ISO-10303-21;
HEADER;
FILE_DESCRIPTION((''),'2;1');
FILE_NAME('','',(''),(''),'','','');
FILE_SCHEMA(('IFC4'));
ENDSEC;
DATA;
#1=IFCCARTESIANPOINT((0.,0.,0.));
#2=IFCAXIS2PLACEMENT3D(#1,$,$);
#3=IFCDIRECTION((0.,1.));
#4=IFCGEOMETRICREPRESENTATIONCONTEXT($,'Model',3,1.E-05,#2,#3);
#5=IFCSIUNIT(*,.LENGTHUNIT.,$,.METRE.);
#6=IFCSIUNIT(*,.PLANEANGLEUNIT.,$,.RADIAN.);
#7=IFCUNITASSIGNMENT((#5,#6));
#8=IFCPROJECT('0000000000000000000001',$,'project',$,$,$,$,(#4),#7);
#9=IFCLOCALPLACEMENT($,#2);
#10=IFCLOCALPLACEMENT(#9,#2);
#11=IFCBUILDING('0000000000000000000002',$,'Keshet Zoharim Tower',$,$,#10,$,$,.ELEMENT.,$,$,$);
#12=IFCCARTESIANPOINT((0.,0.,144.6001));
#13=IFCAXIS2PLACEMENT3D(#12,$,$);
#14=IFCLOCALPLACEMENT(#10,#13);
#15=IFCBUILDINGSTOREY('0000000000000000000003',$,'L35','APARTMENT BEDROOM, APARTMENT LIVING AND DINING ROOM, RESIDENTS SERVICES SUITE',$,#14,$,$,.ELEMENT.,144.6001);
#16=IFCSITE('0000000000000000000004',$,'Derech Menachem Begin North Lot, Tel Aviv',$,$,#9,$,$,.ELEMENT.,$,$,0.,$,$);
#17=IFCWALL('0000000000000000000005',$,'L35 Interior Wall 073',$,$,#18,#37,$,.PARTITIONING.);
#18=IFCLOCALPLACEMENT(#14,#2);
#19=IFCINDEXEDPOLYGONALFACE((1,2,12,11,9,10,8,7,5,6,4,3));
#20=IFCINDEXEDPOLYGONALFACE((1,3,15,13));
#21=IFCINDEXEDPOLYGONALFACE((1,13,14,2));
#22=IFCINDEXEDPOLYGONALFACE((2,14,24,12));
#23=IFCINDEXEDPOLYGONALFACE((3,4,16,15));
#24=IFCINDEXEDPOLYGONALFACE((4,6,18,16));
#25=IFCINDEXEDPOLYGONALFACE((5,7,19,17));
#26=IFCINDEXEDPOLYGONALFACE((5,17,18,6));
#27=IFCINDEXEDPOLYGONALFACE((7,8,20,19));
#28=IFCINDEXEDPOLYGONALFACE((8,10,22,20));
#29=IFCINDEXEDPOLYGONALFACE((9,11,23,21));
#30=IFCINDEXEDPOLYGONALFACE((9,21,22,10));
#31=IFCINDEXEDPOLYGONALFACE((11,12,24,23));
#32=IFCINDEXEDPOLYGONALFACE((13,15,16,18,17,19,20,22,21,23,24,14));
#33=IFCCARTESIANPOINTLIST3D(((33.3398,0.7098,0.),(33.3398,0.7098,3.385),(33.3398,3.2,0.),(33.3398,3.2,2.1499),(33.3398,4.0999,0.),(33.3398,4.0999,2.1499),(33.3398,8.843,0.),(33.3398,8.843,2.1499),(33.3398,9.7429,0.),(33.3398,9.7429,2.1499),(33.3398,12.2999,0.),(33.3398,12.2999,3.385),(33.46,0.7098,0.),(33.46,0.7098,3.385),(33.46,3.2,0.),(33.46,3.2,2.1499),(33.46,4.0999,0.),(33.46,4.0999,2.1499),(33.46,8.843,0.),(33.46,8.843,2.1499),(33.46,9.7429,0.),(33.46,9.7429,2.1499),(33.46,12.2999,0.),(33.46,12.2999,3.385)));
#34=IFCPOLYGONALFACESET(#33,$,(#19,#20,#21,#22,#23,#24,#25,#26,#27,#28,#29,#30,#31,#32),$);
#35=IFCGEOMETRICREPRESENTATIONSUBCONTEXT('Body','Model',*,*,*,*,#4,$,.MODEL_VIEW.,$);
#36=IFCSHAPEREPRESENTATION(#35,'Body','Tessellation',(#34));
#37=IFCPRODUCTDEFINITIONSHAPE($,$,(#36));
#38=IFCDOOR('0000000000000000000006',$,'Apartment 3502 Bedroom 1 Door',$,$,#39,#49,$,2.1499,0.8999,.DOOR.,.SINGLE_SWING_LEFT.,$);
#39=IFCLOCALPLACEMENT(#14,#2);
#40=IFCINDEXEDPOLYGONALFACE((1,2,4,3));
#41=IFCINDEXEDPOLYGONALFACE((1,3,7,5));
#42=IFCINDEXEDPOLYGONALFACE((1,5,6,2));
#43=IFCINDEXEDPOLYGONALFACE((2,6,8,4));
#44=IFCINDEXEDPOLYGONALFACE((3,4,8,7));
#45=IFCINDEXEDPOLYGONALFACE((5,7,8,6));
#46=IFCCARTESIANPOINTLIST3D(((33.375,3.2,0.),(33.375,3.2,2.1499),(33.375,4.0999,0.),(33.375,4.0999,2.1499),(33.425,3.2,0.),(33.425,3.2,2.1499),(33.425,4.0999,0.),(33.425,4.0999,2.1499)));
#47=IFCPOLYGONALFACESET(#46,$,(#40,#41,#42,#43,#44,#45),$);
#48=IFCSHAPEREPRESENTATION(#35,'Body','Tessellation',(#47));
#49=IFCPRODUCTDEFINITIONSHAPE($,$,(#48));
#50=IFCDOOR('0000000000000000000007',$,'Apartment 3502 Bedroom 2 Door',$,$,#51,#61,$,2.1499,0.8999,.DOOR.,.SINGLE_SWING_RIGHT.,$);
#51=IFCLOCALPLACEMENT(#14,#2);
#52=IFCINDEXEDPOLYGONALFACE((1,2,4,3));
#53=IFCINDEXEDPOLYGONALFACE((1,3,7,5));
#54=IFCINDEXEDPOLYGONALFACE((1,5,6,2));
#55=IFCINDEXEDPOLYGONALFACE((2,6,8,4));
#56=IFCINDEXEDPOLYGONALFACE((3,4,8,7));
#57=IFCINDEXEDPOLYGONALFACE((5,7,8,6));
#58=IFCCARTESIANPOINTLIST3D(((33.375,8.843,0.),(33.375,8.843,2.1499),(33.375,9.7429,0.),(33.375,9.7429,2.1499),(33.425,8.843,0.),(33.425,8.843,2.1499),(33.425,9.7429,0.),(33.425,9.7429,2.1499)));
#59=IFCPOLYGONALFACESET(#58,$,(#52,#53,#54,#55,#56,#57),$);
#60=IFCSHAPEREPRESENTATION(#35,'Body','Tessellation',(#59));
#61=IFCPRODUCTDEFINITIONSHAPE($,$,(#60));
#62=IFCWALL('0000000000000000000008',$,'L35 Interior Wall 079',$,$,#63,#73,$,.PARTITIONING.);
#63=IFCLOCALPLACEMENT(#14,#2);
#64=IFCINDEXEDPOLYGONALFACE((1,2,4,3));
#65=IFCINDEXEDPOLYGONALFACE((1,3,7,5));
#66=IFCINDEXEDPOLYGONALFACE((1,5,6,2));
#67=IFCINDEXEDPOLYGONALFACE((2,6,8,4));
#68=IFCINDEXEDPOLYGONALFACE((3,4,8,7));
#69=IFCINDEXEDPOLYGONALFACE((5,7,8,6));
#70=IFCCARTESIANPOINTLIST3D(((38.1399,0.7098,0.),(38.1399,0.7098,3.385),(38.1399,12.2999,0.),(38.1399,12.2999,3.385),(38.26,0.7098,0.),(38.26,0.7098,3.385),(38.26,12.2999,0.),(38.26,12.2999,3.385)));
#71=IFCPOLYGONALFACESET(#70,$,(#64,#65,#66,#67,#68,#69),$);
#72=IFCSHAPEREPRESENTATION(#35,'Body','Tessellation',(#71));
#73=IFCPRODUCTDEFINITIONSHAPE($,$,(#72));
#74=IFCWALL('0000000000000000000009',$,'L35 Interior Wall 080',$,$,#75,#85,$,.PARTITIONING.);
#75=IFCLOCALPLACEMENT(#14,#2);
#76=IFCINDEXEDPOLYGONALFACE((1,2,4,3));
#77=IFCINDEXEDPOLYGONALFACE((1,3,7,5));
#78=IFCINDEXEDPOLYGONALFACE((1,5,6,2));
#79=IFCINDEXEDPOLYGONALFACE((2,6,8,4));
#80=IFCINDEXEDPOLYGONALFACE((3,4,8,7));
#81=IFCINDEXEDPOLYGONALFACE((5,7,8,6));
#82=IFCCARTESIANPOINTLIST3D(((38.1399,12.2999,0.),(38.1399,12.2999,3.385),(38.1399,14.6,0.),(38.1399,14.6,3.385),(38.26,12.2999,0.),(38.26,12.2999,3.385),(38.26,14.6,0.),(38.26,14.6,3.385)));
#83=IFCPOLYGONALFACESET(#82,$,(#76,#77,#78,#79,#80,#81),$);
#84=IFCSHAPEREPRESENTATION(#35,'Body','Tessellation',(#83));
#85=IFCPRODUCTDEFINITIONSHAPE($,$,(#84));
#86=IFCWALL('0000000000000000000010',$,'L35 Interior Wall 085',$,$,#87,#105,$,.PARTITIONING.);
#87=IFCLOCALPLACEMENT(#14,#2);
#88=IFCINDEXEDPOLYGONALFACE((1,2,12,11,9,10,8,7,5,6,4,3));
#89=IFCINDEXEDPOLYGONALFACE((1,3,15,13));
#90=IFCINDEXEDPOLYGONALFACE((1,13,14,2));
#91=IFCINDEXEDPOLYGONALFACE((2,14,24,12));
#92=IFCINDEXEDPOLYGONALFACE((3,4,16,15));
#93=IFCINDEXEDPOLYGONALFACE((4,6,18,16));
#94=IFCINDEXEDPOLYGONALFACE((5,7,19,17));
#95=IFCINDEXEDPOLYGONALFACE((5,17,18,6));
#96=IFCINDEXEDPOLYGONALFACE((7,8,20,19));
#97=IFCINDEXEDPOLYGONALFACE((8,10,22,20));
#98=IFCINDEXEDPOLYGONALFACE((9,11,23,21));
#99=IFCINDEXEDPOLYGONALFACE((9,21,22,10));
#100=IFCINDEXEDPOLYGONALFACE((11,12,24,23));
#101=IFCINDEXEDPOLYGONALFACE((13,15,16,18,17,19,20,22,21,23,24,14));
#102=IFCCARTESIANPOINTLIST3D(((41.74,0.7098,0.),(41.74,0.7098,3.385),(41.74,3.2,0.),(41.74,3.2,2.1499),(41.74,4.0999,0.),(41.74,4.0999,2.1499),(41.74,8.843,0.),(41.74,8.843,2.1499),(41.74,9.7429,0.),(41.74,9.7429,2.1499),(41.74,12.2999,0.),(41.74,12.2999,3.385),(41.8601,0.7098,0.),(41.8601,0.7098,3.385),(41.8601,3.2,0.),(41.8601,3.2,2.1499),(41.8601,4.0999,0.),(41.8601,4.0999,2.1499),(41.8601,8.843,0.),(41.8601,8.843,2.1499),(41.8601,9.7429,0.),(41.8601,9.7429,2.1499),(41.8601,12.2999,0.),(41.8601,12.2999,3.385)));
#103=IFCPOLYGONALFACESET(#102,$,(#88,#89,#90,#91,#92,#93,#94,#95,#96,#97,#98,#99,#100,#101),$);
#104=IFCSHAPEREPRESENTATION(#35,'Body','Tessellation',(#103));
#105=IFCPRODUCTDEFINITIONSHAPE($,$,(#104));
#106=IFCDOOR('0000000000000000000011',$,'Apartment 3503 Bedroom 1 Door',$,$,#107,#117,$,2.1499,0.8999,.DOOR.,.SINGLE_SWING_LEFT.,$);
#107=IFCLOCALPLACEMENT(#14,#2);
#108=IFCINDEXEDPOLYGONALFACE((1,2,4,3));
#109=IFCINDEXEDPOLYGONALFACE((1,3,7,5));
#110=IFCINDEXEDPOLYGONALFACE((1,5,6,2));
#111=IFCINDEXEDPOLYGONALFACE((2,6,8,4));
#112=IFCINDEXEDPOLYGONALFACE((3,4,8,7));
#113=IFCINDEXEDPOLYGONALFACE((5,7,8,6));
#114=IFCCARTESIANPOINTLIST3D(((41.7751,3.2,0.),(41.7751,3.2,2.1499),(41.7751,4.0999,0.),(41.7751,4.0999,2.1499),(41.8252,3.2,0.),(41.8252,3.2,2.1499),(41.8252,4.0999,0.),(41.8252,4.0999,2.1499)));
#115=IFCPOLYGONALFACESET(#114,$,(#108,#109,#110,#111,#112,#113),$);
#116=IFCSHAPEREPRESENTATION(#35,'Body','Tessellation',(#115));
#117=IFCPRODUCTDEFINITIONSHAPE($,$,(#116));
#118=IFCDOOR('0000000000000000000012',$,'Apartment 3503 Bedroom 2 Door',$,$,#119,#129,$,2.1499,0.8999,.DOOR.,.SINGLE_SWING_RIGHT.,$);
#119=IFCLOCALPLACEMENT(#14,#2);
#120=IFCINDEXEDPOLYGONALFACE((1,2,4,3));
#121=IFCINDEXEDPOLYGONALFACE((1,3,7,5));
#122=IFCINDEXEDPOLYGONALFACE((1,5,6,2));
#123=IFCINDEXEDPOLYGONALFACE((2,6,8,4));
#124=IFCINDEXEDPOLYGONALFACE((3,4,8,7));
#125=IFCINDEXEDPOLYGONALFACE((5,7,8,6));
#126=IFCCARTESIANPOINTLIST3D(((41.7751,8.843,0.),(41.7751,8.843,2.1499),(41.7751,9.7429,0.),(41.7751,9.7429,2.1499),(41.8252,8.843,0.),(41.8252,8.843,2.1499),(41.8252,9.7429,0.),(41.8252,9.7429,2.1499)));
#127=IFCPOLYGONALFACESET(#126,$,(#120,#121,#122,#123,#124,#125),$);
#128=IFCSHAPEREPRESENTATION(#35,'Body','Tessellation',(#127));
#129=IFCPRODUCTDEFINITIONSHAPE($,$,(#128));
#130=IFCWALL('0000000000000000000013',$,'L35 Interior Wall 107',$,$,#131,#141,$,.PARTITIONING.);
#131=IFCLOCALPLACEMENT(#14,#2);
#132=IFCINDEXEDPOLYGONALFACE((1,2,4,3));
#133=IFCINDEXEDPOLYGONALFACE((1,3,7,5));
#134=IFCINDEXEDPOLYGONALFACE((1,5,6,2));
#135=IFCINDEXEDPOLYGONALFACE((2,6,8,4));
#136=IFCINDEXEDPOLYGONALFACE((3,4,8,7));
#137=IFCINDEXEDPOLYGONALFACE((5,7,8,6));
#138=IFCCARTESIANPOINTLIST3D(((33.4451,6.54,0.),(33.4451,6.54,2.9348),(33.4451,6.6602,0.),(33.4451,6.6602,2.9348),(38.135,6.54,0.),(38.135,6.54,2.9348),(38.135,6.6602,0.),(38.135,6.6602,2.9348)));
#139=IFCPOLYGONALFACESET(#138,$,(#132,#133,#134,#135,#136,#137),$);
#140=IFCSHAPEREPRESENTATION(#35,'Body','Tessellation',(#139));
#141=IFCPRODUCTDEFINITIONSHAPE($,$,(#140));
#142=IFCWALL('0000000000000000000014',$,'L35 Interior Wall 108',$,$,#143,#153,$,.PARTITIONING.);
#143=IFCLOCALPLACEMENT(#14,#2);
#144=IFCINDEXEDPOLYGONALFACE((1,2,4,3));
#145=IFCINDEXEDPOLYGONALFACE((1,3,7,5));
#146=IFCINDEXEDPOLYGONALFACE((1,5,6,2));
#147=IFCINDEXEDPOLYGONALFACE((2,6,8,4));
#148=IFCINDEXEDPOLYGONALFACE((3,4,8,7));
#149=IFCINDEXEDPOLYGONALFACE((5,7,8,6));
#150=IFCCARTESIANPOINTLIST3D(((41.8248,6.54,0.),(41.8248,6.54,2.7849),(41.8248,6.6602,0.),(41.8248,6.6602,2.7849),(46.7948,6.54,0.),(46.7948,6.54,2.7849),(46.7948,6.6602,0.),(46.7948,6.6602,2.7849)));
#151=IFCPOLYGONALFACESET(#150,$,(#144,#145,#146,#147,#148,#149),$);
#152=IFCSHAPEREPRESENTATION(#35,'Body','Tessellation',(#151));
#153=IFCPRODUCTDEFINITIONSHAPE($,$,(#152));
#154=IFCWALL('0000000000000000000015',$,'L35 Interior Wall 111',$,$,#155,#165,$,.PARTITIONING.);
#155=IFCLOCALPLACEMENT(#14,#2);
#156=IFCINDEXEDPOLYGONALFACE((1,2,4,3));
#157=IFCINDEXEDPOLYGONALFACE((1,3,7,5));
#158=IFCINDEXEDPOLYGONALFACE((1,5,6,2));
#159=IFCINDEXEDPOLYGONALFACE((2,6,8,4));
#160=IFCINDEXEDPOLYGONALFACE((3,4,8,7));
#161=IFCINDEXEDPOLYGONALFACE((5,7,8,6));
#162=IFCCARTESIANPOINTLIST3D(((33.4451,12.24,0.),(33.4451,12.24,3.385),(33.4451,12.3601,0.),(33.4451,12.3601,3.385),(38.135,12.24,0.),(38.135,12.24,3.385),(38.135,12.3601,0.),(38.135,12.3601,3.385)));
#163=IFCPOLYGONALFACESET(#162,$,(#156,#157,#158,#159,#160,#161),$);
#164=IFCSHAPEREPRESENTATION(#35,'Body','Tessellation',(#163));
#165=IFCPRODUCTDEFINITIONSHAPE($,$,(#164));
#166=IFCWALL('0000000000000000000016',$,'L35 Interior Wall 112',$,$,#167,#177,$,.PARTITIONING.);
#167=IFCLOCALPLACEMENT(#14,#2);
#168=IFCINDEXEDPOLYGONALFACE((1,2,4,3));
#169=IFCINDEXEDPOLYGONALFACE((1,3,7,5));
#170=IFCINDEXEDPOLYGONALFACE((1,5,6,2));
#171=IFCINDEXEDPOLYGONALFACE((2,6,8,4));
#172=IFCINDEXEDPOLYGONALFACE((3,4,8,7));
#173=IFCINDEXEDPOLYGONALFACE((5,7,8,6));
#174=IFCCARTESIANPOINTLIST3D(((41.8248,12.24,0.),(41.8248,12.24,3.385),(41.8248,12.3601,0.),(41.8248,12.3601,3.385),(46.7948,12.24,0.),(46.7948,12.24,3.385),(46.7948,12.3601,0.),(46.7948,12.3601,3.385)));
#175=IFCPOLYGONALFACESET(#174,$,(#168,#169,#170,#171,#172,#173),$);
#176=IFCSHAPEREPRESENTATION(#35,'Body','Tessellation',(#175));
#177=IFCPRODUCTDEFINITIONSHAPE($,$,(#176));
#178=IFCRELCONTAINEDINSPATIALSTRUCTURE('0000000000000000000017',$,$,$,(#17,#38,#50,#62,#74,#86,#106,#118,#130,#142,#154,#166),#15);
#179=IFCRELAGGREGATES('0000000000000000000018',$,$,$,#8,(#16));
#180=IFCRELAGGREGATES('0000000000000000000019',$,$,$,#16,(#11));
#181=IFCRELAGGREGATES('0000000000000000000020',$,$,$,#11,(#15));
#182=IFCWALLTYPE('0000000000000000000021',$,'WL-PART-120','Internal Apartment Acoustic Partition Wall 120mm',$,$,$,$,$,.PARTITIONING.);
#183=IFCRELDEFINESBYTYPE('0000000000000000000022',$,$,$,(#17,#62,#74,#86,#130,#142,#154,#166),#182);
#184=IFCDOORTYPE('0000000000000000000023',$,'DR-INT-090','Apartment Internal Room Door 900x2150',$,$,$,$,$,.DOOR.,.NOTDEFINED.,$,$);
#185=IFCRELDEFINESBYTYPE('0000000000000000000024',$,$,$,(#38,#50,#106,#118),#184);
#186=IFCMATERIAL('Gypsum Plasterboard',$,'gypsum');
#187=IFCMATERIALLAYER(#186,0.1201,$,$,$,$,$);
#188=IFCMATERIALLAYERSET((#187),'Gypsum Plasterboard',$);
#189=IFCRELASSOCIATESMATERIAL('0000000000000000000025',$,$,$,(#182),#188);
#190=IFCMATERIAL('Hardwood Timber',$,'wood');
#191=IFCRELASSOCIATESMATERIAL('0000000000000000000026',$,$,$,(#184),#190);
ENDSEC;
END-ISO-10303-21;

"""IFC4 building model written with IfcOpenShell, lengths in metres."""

from ifc_helpers import new_model, si_unit, direction, frame, frame_2d, origin, place, context, subcontext, project, spatial, rectangle, extrude, material, layer, layer_set, type_object, element, fill, save


model = new_model("IFC4")

# Units and contexts
model_context = context("Model", 3, precision=1e-05, world=origin(), true_north=direction((0.0, 1.0)))
body_context = subcontext(model_context, "Body", "Model", "MODEL_VIEW")
ifc_project = project(units=[si_unit("LENGTHUNIT", "METRE"), si_unit("PLANEANGLEUNIT", "RADIAN")], contexts=[model_context])

# Site, building, storey
site_placement = place(None, origin())
site = spatial("IfcSite", under=ifc_project, at=site_placement, Name="Derech Menachem Begin North Lot, Tel Aviv", CompositionType="ELEMENT", RefElevation=0.0)
building_placement = place(site_placement, origin())
building = spatial("IfcBuilding", under=site, at=building_placement, Name="Keshet Zoharim Tower", CompositionType="ELEMENT")
storey_placement = place(building_placement, frame((0.0, 0.0, 144.6001)))
storey = spatial("IfcBuildingStorey", under=building, at=storey_placement, Name="L35", Description="APARTMENT BEDROOM, APARTMENT LIVING AND DINING ROOM, RESIDENTS SERVICES SUITE", CompositionType="ELEMENT", Elevation=144.6001)

# Shared definitions
ifc_material_1 = material(Name="Gypsum Plasterboard", Category="gypsum")
ifc_layer_1 = layer(ifc_material_1, 0.1201)
ifc_layer_set_1 = layer_set([ifc_layer_1], Name="Gypsum Plasterboard")
wall_type = type_object("IfcWallType", Name="WL-PART-120", Description="Internal Apartment Acoustic Partition Wall 120mm", PredefinedType="PARTITIONING", material=ifc_layer_set_1)

# Wall, openings, doors
wall_1_placement = place(storey_placement, frame((33.3999, 0.71, 0.0), z_axis=(0.0, 0.0, 1.0), x_axis=(0.0, 1.0, 0.0)))
wall_1 = element("IfcWall", 1, at=wall_1_placement, inside=storey, type_object=wall_type, Name="L35 Interior Wall 073", PredefinedType="PARTITIONING", context=body_context, shape_type="SweptSolid", body=[
    extrude(rectangle(XDim=11.5901, YDim=0.1201, at=frame_2d((5.7949, 0.0))), origin(), (0.0, 0.0, 1.0), 3.385),
])
opening_1_placement = place(wall_1_placement, frame((2.49, 0.0, 0.0)))
opening_1 = element("IfcOpeningElement", 2, at=opening_1_placement, cuts=wall_1, PredefinedType="OPENING", context=body_context, shape_type="SweptSolid", body=[
    extrude(rectangle(XDim=0.8999, YDim=2.1499, at=frame_2d((0.45, 1.075))), frame((0.0, 0.0701, 0.0), z_axis=(0.0, -1.0, 0.0), x_axis=(1.0, 0.0, 0.0)), (0.0, 0.0, 1.0), 0.1401),
])
opening_2_placement = place(wall_1_placement, frame((8.1331, 0.0, 0.0)))
opening_2 = element("IfcOpeningElement", 3, at=opening_2_placement, cuts=wall_1, PredefinedType="OPENING", context=body_context, shape_type="SweptSolid", body=[
    extrude(rectangle(XDim=0.8999, YDim=2.1499, at=frame_2d((0.45, 1.075))), frame((0.0, 0.0701, 0.0), z_axis=(0.0, -1.0, 0.0), x_axis=(1.0, 0.0, 0.0)), (0.0, 0.0, 1.0), 0.1401),
])
ifc_material_2 = material(Name="Hardwood Timber", Category="wood")
door_type = type_object("IfcDoorType", Name="DR-INT-090", Description="Apartment Internal Room Door 900x2150", OperationType="NOTDEFINED", PredefinedType="DOOR", material=ifc_material_2)
door_1_placement = place(opening_1_placement, origin())
door_1 = element("IfcDoor", 4, at=door_1_placement, inside=storey, type_object=door_type, Name="Apartment 3502 Bedroom 1 Door", OperationType="SINGLE_SWING_LEFT", OverallHeight=2.1499, OverallWidth=0.8999, PredefinedType="DOOR", context=body_context, shape_type="SweptSolid", body=[
    extrude(rectangle(XDim=0.8999, YDim=2.1499, at=frame_2d((0.45, 1.075))), frame((0.0, 0.0249, 0.0), z_axis=(0.0, -1.0, 0.0), x_axis=(1.0, 0.0, 0.0)), (0.0, 0.0, 1.0), 0.05),
])
fill(opening_1, door_1)
door_2_placement = place(opening_2_placement, origin())
door_2 = element("IfcDoor", 5, at=door_2_placement, inside=storey, type_object=door_type, Name="Apartment 3502 Bedroom 2 Door", OperationType="SINGLE_SWING_RIGHT", OverallHeight=2.1499, OverallWidth=0.8999, PredefinedType="DOOR", context=body_context, shape_type="SweptSolid", body=[
    extrude(rectangle(XDim=0.8999, YDim=2.1499, at=frame_2d((0.45, 1.075))), frame((0.0, 0.0249, 0.0), z_axis=(0.0, -1.0, 0.0), x_axis=(1.0, 0.0, 0.0)), (0.0, 0.0, 1.0), 0.05),
])
fill(opening_2, door_2)

# Walls
wall_2_placement = place(storey_placement, frame((38.2, 0.71, 0.0), z_axis=(0.0, 0.0, 1.0), x_axis=(0.0, 1.0, 0.0)))
element("IfcWall", 6, at=wall_2_placement, inside=storey, type_object=wall_type, Name="L35 Interior Wall 079", PredefinedType="PARTITIONING", context=body_context, shape_type="SweptSolid", body=[
    extrude(rectangle(XDim=11.5901, YDim=0.1201, at=frame_2d((5.7949, 0.0))), origin(), (0.0, 0.0, 1.0), 3.385),
])
wall_3_placement = place(storey_placement, frame((38.2, 12.3, 0.0), z_axis=(0.0, 0.0, 1.0), x_axis=(0.0, 1.0, 0.0)))
element("IfcWall", 7, at=wall_3_placement, inside=storey, type_object=wall_type, Name="L35 Interior Wall 080", PredefinedType="PARTITIONING", context=body_context, shape_type="SweptSolid", body=[
    extrude(rectangle(XDim=2.3, YDim=0.1201, at=frame_2d((1.1499, 0.0))), origin(), (0.0, 0.0, 1.0), 3.385),
])

# Wall, openings, doors
wall_4_placement = place(storey_placement, frame((41.8, 0.71, 0.0), z_axis=(0.0, 0.0, 1.0), x_axis=(0.0, 1.0, 0.0)))
wall_4 = element("IfcWall", 8, at=wall_4_placement, inside=storey, type_object=wall_type, Name="L35 Interior Wall 085", PredefinedType="PARTITIONING", context=body_context, shape_type="SweptSolid", body=[
    extrude(rectangle(XDim=11.5901, YDim=0.1201, at=frame_2d((5.7949, 0.0))), origin(), (0.0, 0.0, 1.0), 3.385),
])
opening_3_placement = place(wall_4_placement, frame((2.49, 0.0, 0.0)))
opening_3 = element("IfcOpeningElement", 9, at=opening_3_placement, cuts=wall_4, PredefinedType="OPENING", context=body_context, shape_type="SweptSolid", body=[
    extrude(rectangle(XDim=0.8999, YDim=2.1499, at=frame_2d((0.45, 1.075))), frame((0.0, 0.0701, 0.0), z_axis=(0.0, -1.0, 0.0), x_axis=(1.0, 0.0, 0.0)), (0.0, 0.0, 1.0), 0.1401),
])
opening_4_placement = place(wall_4_placement, frame((8.1331, 0.0, 0.0)))
opening_4 = element("IfcOpeningElement", 10, at=opening_4_placement, cuts=wall_4, PredefinedType="OPENING", context=body_context, shape_type="SweptSolid", body=[
    extrude(rectangle(XDim=0.8999, YDim=2.1499, at=frame_2d((0.45, 1.075))), frame((0.0, 0.0701, 0.0), z_axis=(0.0, -1.0, 0.0), x_axis=(1.0, 0.0, 0.0)), (0.0, 0.0, 1.0), 0.1401),
])
door_3_placement = place(opening_3_placement, origin())
door_3 = element("IfcDoor", 11, at=door_3_placement, inside=storey, type_object=door_type, Name="Apartment 3503 Bedroom 1 Door", OperationType="SINGLE_SWING_LEFT", OverallHeight=2.1499, OverallWidth=0.8999, PredefinedType="DOOR", context=body_context, shape_type="SweptSolid", body=[
    extrude(rectangle(XDim=0.8999, YDim=2.1499, at=frame_2d((0.45, 1.075))), frame((0.0, 0.0249, 0.0), z_axis=(0.0, -1.0, 0.0), x_axis=(1.0, 0.0, 0.0)), (0.0, 0.0, 1.0), 0.05),
])
fill(opening_3, door_3)
door_4_placement = place(opening_4_placement, origin())
door_4 = element("IfcDoor", 12, at=door_4_placement, inside=storey, type_object=door_type, Name="Apartment 3503 Bedroom 2 Door", OperationType="SINGLE_SWING_RIGHT", OverallHeight=2.1499, OverallWidth=0.8999, PredefinedType="DOOR", context=body_context, shape_type="SweptSolid", body=[
    extrude(rectangle(XDim=0.8999, YDim=2.1499, at=frame_2d((0.45, 1.075))), frame((0.0, 0.0249, 0.0), z_axis=(0.0, -1.0, 0.0), x_axis=(1.0, 0.0, 0.0)), (0.0, 0.0, 1.0), 0.05),
])
fill(opening_4, door_4)

# Walls
wall_5_placement = place(storey_placement, frame((33.4451, 6.6001, 0.0), z_axis=(0.0, 0.0, 1.0), x_axis=(1.0, 0.0, 0.0)))
element("IfcWall", 13, at=wall_5_placement, inside=storey, type_object=wall_type, Name="L35 Interior Wall 107", PredefinedType="PARTITIONING", context=body_context, shape_type="SweptSolid", body=[
    extrude(rectangle(XDim=4.6899, YDim=0.1201, at=frame_2d((2.345, 0.0))), origin(), (0.0, 0.0, 1.0), 2.9348),
])
wall_6_placement = place(storey_placement, frame((41.825, 6.6001, 0.0), z_axis=(0.0, 0.0, 1.0), x_axis=(1.0, 0.0, 0.0)))
element("IfcWall", 14, at=wall_6_placement, inside=storey, type_object=wall_type, Name="L35 Interior Wall 108", PredefinedType="PARTITIONING", context=body_context, shape_type="SweptSolid", body=[
    extrude(rectangle(XDim=4.97, YDim=0.1201, at=frame_2d((2.4849, 0.0))), origin(), (0.0, 0.0, 1.0), 2.7849),
])
wall_7_placement = place(storey_placement, frame((33.4451, 12.3, 0.0), z_axis=(0.0, 0.0, 1.0), x_axis=(1.0, 0.0, 0.0)))
element("IfcWall", 15, at=wall_7_placement, inside=storey, type_object=wall_type, Name="L35 Interior Wall 111", PredefinedType="PARTITIONING", context=body_context, shape_type="SweptSolid", body=[
    extrude(rectangle(XDim=4.6899, YDim=0.1201, at=frame_2d((2.345, 0.0))), origin(), (0.0, 0.0, 1.0), 3.385),
])
wall_8_placement = place(storey_placement, frame((41.825, 12.3, 0.0), z_axis=(0.0, 0.0, 1.0), x_axis=(1.0, 0.0, 0.0)))
element("IfcWall", 16, at=wall_8_placement, inside=storey, type_object=wall_type, Name="L35 Interior Wall 112", PredefinedType="PARTITIONING", context=body_context, shape_type="SweptSolid", body=[
    extrude(rectangle(XDim=4.97, YDim=0.1201, at=frame_2d((2.4849, 0.0))), origin(), (0.0, 0.0, 1.0), 3.385),
])

save(model, "model.ifc")
